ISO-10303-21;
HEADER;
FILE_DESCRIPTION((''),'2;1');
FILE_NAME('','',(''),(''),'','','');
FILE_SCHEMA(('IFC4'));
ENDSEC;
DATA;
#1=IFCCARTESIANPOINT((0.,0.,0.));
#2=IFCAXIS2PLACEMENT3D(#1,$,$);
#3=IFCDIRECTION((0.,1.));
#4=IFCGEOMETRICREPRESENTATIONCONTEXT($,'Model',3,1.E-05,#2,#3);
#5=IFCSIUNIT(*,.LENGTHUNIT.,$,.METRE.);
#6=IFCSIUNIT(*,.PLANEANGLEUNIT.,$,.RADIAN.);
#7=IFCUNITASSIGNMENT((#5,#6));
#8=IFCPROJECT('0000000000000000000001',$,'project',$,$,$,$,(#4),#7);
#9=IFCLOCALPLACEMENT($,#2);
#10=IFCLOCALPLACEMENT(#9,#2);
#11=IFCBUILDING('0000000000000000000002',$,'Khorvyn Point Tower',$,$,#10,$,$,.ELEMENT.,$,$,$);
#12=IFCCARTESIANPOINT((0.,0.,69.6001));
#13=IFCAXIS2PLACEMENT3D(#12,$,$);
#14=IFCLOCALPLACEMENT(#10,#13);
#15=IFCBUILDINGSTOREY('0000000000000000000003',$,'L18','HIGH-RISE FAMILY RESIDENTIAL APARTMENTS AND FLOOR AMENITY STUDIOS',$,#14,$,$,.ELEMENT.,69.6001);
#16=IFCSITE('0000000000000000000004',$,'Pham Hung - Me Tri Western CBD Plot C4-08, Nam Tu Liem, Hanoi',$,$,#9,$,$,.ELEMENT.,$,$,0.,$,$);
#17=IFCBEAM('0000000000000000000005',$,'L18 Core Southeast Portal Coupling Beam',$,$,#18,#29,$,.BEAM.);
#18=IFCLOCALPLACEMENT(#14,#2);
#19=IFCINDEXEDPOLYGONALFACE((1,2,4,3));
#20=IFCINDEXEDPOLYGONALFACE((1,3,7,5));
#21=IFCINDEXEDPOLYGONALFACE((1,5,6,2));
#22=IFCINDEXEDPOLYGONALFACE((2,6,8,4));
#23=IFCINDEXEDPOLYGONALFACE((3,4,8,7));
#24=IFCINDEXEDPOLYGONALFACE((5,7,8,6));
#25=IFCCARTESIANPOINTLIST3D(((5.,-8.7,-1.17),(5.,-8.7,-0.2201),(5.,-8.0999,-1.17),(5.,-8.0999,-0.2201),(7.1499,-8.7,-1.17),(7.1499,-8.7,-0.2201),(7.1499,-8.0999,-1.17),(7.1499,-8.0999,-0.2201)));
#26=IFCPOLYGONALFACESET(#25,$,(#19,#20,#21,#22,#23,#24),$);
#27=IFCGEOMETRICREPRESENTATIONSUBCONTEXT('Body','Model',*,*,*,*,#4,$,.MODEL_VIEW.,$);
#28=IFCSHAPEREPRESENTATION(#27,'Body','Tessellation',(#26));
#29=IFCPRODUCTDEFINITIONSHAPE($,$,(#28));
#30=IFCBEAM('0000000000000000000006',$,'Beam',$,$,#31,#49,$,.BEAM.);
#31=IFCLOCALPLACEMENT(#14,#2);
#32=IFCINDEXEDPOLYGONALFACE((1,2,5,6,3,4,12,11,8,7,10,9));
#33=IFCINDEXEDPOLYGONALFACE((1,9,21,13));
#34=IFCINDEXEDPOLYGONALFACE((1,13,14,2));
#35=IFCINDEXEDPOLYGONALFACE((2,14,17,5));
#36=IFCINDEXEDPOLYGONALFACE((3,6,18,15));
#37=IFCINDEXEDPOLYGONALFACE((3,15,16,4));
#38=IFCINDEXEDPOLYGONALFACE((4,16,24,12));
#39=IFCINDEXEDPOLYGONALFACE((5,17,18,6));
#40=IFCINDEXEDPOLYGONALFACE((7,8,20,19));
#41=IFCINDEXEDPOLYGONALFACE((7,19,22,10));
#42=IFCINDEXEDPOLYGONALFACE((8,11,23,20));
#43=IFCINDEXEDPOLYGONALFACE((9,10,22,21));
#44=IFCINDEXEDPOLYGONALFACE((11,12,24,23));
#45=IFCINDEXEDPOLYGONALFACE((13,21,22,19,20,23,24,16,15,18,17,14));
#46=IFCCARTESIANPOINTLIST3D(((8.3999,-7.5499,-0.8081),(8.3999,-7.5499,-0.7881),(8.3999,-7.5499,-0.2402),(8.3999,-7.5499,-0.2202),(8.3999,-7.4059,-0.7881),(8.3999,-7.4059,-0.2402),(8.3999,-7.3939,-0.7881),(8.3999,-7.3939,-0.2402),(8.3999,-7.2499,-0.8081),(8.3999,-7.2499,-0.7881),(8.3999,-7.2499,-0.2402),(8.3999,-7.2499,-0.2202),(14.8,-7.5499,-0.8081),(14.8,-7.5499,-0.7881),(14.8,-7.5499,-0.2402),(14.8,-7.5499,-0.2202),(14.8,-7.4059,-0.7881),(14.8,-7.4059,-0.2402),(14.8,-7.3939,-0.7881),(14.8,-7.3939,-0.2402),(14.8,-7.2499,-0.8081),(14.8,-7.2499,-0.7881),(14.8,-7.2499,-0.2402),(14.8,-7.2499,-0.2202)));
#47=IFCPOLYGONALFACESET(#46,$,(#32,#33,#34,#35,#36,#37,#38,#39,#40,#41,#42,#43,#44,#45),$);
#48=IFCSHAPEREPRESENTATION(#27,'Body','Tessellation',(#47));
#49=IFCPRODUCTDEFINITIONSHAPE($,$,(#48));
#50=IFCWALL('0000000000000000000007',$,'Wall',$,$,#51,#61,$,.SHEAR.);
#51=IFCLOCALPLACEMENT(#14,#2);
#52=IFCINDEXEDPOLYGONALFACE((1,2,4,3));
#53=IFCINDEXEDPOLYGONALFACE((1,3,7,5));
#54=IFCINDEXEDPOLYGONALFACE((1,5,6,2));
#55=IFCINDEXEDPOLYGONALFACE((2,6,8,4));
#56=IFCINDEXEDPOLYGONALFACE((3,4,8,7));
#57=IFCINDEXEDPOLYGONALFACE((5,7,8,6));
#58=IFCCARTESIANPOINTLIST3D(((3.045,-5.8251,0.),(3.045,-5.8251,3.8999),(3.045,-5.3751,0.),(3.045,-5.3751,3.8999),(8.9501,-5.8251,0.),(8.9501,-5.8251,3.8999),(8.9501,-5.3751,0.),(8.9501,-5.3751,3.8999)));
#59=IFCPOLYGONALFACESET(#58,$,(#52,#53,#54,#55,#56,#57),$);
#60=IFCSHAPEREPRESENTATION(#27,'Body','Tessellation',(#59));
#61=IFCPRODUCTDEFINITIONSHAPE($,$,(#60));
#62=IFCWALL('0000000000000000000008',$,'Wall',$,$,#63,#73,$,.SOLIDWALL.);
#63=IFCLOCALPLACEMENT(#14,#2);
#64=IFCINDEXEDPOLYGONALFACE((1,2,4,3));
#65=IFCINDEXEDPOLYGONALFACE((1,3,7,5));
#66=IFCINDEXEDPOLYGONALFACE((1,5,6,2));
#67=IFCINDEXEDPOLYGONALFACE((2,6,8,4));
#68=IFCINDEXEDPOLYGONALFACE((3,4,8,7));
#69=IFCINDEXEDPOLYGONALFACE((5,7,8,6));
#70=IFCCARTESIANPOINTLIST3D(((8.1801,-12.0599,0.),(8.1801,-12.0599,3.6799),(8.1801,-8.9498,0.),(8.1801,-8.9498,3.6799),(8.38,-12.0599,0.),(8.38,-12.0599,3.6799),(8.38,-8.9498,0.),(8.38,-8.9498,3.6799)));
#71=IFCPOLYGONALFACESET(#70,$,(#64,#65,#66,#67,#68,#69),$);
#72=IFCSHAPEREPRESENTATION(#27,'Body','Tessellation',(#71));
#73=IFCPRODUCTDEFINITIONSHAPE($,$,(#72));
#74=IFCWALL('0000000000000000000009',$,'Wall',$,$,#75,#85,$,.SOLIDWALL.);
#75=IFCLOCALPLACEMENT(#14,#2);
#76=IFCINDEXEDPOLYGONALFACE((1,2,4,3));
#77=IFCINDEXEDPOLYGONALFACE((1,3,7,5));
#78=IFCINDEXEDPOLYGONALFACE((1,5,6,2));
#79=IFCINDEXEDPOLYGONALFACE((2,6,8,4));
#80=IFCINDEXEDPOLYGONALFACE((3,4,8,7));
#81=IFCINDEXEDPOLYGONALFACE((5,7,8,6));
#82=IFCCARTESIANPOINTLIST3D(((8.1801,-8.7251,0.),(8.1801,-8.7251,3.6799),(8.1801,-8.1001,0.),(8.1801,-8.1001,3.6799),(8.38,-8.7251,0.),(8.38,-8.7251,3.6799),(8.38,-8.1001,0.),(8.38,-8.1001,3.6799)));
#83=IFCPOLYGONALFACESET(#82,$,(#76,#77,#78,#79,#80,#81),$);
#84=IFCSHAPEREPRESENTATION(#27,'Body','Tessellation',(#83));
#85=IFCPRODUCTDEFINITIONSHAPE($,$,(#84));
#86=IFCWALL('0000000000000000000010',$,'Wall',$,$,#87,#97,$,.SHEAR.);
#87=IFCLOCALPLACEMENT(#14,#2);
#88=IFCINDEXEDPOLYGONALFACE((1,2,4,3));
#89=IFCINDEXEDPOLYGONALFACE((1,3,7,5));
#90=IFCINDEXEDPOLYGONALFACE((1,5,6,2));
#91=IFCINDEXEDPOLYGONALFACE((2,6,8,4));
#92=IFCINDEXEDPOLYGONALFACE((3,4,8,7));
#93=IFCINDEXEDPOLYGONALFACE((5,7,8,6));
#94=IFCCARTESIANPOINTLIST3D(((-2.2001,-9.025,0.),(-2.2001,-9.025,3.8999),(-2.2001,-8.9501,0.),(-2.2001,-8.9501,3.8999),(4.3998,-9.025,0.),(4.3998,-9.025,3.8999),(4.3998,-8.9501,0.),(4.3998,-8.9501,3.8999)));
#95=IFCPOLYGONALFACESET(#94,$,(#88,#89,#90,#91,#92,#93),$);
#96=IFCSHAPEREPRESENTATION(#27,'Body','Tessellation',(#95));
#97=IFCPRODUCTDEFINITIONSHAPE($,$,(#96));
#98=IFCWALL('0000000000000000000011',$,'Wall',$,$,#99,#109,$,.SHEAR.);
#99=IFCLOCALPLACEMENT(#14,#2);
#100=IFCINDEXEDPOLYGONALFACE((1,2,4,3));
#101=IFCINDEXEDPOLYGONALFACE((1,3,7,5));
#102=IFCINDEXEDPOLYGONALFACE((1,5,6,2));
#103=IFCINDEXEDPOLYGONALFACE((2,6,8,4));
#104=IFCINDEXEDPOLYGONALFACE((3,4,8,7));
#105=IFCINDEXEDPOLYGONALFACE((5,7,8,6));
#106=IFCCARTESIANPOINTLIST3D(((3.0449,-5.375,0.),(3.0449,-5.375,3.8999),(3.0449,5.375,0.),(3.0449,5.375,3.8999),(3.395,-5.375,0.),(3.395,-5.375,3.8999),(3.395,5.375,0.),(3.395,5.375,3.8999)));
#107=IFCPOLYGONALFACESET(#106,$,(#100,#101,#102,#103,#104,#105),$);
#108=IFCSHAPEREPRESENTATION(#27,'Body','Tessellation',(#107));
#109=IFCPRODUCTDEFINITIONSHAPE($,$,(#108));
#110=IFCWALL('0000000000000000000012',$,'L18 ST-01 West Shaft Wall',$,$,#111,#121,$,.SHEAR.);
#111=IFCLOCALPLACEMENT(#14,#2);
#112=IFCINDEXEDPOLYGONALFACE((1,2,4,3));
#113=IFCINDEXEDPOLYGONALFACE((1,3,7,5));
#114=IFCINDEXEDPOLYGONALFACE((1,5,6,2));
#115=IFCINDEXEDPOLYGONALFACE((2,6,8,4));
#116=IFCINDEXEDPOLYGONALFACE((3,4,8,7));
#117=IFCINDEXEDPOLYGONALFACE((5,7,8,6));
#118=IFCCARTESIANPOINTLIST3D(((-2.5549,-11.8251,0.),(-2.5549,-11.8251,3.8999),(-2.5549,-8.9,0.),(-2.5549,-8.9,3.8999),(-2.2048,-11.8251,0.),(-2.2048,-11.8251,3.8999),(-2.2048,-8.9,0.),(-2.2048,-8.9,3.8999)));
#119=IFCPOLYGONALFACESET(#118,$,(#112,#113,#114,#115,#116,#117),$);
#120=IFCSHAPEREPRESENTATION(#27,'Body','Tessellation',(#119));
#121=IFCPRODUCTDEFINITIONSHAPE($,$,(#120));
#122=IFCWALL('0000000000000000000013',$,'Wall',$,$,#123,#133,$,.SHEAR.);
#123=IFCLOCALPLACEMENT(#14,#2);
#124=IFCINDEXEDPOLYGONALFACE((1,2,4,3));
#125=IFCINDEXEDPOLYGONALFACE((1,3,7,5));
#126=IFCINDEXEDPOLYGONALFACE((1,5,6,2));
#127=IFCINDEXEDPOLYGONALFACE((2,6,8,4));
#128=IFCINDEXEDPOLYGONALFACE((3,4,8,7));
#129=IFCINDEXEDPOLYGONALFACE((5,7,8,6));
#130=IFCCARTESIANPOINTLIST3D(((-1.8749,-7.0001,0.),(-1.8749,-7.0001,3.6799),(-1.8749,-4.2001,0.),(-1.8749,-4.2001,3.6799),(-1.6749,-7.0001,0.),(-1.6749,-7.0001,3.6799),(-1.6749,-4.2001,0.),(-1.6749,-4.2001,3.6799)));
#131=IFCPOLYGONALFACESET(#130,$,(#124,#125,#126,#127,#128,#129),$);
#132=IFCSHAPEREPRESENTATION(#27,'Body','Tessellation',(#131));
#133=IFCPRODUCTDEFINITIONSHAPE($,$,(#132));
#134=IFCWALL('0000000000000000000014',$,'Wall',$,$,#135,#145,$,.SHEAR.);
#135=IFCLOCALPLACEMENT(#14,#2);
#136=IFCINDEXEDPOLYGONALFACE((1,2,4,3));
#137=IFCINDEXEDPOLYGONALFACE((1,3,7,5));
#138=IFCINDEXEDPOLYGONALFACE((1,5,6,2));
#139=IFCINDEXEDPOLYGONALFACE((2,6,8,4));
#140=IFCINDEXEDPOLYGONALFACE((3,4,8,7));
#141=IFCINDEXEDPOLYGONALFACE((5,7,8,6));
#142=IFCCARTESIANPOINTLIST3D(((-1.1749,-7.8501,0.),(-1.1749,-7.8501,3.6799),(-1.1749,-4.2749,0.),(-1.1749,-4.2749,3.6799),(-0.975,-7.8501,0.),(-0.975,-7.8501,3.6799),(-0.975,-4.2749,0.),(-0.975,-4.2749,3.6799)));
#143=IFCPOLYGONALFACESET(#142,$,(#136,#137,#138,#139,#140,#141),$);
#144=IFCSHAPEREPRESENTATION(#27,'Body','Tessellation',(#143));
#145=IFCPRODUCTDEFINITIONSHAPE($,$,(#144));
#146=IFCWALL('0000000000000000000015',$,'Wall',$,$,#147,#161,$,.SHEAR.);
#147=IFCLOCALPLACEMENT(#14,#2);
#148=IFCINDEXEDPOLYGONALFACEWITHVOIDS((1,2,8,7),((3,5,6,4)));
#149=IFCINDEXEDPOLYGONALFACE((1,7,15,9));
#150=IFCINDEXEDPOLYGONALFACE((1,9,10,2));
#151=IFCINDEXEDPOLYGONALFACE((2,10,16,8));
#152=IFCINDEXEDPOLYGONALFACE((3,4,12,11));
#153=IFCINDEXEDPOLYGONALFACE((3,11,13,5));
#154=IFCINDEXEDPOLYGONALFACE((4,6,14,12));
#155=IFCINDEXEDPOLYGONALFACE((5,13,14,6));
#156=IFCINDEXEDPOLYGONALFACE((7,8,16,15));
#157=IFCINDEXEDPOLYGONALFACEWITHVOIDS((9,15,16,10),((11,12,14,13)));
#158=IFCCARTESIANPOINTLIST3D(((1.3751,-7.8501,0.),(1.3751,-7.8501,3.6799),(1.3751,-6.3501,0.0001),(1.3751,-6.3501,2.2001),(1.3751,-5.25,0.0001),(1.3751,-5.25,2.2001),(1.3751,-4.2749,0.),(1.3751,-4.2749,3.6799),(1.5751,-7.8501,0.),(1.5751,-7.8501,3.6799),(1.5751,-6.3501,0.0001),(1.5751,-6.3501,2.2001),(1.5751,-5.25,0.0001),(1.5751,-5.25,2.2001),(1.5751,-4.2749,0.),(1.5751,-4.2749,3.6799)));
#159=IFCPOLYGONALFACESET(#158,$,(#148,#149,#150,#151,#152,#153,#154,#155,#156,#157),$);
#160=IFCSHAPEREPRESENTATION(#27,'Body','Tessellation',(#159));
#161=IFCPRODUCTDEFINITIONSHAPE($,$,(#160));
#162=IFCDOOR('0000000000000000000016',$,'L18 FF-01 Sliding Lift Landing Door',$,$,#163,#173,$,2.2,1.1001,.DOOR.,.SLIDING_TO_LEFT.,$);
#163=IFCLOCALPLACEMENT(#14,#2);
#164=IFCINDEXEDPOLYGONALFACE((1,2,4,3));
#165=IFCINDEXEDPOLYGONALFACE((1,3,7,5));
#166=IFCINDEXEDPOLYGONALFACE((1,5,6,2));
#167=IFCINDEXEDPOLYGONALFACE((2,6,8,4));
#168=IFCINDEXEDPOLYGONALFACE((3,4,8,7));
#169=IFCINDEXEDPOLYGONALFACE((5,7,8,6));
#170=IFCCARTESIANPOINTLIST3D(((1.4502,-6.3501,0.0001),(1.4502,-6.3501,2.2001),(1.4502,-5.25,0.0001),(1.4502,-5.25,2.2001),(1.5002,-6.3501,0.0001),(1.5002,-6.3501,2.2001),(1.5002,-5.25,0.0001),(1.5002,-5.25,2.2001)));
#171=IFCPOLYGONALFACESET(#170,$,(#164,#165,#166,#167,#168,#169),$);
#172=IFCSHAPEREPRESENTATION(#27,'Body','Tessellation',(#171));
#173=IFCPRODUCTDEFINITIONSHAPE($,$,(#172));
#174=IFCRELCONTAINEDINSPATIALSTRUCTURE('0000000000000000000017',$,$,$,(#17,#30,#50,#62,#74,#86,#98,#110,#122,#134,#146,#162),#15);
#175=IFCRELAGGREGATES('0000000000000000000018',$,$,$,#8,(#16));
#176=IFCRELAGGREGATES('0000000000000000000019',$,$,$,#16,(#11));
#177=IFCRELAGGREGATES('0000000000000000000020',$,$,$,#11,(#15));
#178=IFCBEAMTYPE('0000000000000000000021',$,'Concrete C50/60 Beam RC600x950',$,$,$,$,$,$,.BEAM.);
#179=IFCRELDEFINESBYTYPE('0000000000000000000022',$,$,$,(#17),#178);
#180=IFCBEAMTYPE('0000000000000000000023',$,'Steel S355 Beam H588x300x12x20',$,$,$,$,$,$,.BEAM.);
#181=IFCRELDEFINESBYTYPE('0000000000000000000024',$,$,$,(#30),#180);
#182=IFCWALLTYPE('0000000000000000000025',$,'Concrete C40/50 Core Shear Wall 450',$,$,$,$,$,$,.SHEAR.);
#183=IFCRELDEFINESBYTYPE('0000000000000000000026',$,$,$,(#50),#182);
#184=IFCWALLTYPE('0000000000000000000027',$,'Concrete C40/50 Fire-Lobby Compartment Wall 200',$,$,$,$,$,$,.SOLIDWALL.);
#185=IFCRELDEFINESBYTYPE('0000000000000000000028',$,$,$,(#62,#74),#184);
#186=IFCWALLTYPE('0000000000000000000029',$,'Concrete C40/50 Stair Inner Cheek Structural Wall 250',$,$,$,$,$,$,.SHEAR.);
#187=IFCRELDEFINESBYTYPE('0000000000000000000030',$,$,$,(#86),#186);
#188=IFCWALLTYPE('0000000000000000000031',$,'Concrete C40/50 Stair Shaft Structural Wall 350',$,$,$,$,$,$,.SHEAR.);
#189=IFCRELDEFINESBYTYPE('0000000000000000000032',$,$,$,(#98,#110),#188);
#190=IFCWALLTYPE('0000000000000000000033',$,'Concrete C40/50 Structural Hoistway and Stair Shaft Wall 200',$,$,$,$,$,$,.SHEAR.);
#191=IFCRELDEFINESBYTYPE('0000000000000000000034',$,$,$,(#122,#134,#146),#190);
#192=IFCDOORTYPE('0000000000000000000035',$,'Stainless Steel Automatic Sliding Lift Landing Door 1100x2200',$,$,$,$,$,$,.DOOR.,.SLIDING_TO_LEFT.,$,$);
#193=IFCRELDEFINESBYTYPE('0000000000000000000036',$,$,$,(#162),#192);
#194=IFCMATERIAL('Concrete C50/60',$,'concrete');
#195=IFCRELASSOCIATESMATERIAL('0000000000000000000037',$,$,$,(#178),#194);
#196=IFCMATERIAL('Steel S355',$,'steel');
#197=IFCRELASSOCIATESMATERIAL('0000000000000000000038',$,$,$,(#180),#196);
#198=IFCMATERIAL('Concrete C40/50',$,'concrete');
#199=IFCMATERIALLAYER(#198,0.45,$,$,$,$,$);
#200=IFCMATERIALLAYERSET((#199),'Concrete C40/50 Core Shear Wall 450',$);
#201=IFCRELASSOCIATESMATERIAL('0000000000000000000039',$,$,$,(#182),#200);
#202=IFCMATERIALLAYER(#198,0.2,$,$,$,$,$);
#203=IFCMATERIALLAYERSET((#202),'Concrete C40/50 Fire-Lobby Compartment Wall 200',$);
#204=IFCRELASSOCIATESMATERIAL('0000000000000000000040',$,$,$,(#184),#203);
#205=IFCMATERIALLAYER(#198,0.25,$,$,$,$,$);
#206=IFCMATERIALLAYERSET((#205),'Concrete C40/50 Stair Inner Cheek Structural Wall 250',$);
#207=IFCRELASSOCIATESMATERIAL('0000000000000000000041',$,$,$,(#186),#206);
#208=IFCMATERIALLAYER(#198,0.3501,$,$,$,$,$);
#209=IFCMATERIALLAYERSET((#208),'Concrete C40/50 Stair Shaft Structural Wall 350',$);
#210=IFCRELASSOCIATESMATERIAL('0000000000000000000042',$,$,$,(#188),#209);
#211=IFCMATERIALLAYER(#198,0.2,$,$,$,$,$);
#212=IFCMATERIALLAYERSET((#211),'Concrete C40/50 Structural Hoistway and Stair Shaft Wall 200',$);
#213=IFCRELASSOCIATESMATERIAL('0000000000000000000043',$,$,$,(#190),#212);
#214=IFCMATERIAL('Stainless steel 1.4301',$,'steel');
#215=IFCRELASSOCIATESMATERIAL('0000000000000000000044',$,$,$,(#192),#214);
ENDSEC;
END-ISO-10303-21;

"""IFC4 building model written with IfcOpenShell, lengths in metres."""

from ifc_helpers import new_model, si_unit, direction, frame, frame_2d, origin, origin_2d, place, context, subcontext, project, spatial, rectangle, i_section, extrude, material, layer, layer_set, material_profile, profile_set, type_object, element, fill, save


model = new_model("IFC4")

# Units and contexts
model_context = context("Model", 3, precision=1e-05, world=origin(), true_north=direction((0.0, 1.0)))
body_context = subcontext(model_context, "Body", "Model", "MODEL_VIEW")
ifc_project = project(units=[si_unit("LENGTHUNIT", "METRE"), si_unit("PLANEANGLEUNIT", "RADIAN")], contexts=[model_context])

# Site, building, storey
site_placement = place(None, origin())
site = spatial("IfcSite", under=ifc_project, at=site_placement, Name="Pham Hung - Me Tri Western CBD Plot C4-08, Nam Tu Liem, Hanoi", CompositionType="ELEMENT", RefElevation=0.0)
building_placement = place(site_placement, origin())
building = spatial("IfcBuilding", under=site, at=building_placement, Name="Khorvyn Point Tower", CompositionType="ELEMENT")
storey_placement = place(building_placement, frame((0.0, 0.0, 69.6001)))
storey = spatial("IfcBuildingStorey", under=building, at=storey_placement, Name="L18", Description="HIGH-RISE FAMILY RESIDENTIAL APARTMENTS AND FLOOR AMENITY STUDIOS", CompositionType="ELEMENT", Elevation=69.6001)

# Beams
ifc_material_1 = material(Name="Concrete C50/60", Category="concrete")
ifc_material_profile_1 = material_profile(ifc_material_1, rectangle(XDim=0.6001, YDim=0.95, at=origin_2d()))
ifc_profile_set_1 = profile_set([ifc_material_profile_1], Name="Concrete C50/60 RC600x950")
beam_type_1 = type_object("IfcBeamType", Name="Concrete C50/60 Beam RC600x950", PredefinedType="BEAM", material=ifc_profile_set_1)
beam_1_placement = place(storey_placement, frame((5.0, -8.3999, -0.6951), z_axis=(1.0, 0.0, 0.0), x_axis=(0.0, 1.0, 0.0)))
element("IfcBeam", 1, at=beam_1_placement, inside=storey, type_object=beam_type_1, Name="L18 Core Southeast Portal Coupling Beam", PredefinedType="BEAM", context=body_context, shape_type="SweptSolid", body=[
    extrude(rectangle(XDim=0.6001, YDim=0.95, at=origin_2d()), origin(), (0.0, 0.0, 1.0), 2.1499),
])
ifc_material_2 = material(Name="Steel S355", Category="steel")
ifc_material_profile_2 = material_profile(ifc_material_2, i_section(OverallWidth=0.3, OverallDepth=0.5879, WebThickness=0.012, FlangeThickness=0.02, at=origin_2d()))
ifc_profile_set_2 = profile_set([ifc_material_profile_2], Name="Steel S355 H588x300x12x20")
beam_type_2 = type_object("IfcBeamType", Name="Steel S355 Beam H588x300x12x20", PredefinedType="BEAM", material=ifc_profile_set_2)
beam_2_placement = place(storey_placement, frame((8.3999, -7.3999, -0.5142), z_axis=(1.0, 0.0, 0.0), x_axis=(0.0, 1.0, 0.0)))
element("IfcBeam", 2, at=beam_2_placement, inside=storey, type_object=beam_type_2, Name="Beam", PredefinedType="BEAM", context=body_context, shape_type="SweptSolid", body=[
    extrude(i_section(OverallWidth=0.3, OverallDepth=0.5879, WebThickness=0.012, FlangeThickness=0.02, at=origin_2d()), origin(), (0.0, 0.0, 1.0), 6.4001),
])

# Wall
ifc_material_3 = material(Name="Concrete C40/50", Category="concrete")
ifc_layer_1 = layer(ifc_material_3, 0.45)
ifc_layer_set_1 = layer_set([ifc_layer_1], Name="Concrete C40/50 Core Shear Wall 450")
wall_type_1 = type_object("IfcWallType", Name="Concrete C40/50 Core Shear Wall 450", PredefinedType="SHEAR", material=ifc_layer_set_1)
wall_1_placement = place(storey_placement, frame((3.0449, -5.6001, 0.0), z_axis=(0.0, 0.0, 1.0), x_axis=(1.0, 0.0, 0.0)))
element("IfcWall", 3, at=wall_1_placement, inside=storey, type_object=wall_type_1, Name="Wall", PredefinedType="SHEAR", context=body_context, shape_type="SweptSolid", body=[
    extrude(rectangle(XDim=5.905, YDim=0.45, at=frame_2d((2.9526, 0.0))), origin(), (0.0, 0.0, 1.0), 3.8999),
])

# Shared definitions
ifc_layer_2 = layer(ifc_material_3, 0.2)
ifc_layer_set_2 = layer_set([ifc_layer_2], Name="Concrete C40/50 Fire-Lobby Compartment Wall 200")
wall_type_2 = type_object("IfcWallType", Name="Concrete C40/50 Fire-Lobby Compartment Wall 200", PredefinedType="SOLIDWALL", material=ifc_layer_set_2)

# Walls
wall_2_placement = place(storey_placement, frame((8.28, -12.0601, 0.0), z_axis=(0.0, 0.0, 1.0), x_axis=(0.0, 1.0, 0.0)))
element("IfcWall", 4, at=wall_2_placement, inside=storey, type_object=wall_type_2, Name="Wall", PredefinedType="SOLIDWALL", context=body_context, shape_type="SweptSolid", body=[
    extrude(rectangle(XDim=3.1101, YDim=0.2, at=frame_2d((1.5552, 0.0))), origin(), (0.0, 0.0, 1.0), 3.6799),
])
wall_3_placement = place(storey_placement, frame((8.28, -8.7251, 0.0), z_axis=(0.0, 0.0, 1.0), x_axis=(0.0, 1.0, 0.0)))
element("IfcWall", 5, at=wall_3_placement, inside=storey, type_object=wall_type_2, Name="Wall", PredefinedType="SOLIDWALL", context=body_context, shape_type="SweptSolid", body=[
    extrude(rectangle(XDim=0.625, YDim=0.2, at=frame_2d((0.3125, 0.0))), origin(), (0.0, 0.0, 1.0), 3.6799),
])
ifc_layer_3 = layer(ifc_material_3, 0.25)
ifc_layer_set_3 = layer_set([ifc_layer_3], Name="Concrete C40/50 Stair Inner Cheek Structural Wall 250")
wall_type_3 = type_object("IfcWallType", Name="Concrete C40/50 Stair Inner Cheek Structural Wall 250", PredefinedType="SHEAR", material=ifc_layer_set_3)
wall_4_placement = place(storey_placement, frame((-2.2, -8.9875, 0.0), z_axis=(0.0, 0.0, 1.0), x_axis=(1.0, 0.0, 0.0)))
element("IfcWall", 6, at=wall_4_placement, inside=storey, type_object=wall_type_3, Name="Wall", PredefinedType="SHEAR", context=body_context, shape_type="SweptSolid", body=[
    extrude(rectangle(XDim=6.5999, YDim=0.075, at=frame_2d((3.2998, 0.0))), origin(), (0.0, 0.0, 1.0), 3.8999),
])
ifc_layer_4 = layer(ifc_material_3, 0.3501)
ifc_layer_set_4 = layer_set([ifc_layer_4], Name="Concrete C40/50 Stair Shaft Structural Wall 350")
wall_type_4 = type_object("IfcWallType", Name="Concrete C40/50 Stair Shaft Structural Wall 350", PredefinedType="SHEAR", material=ifc_layer_set_4)
wall_5_placement = place(storey_placement, frame((3.22, -5.375, 0.0), z_axis=(0.0, 0.0, 1.0), x_axis=(0.0, 1.0, 0.0)))
element("IfcWall", 7, at=wall_5_placement, inside=storey, type_object=wall_type_4, Name="Wall", PredefinedType="SHEAR", context=body_context, shape_type="SweptSolid", body=[
    extrude(rectangle(XDim=10.75, YDim=0.3501, at=frame_2d((5.375, 0.0))), origin(), (0.0, 0.0, 1.0), 3.8999),
])
wall_6_placement = place(storey_placement, frame((-2.3799, -11.825, 0.0), z_axis=(0.0, 0.0, 1.0), x_axis=(0.0, 1.0, 0.0)))
element("IfcWall", 8, at=wall_6_placement, inside=storey, type_object=wall_type_4, Name="L18 ST-01 West Shaft Wall", PredefinedType="SHEAR", context=body_context, shape_type="SweptSolid", body=[
    extrude(rectangle(XDim=2.925, YDim=0.3501, at=frame_2d((1.4624, 0.0))), origin(), (0.0, 0.0, 1.0), 3.8999),
])

# Walls
ifc_layer_5 = layer(ifc_material_3, 0.2)
ifc_layer_set_5 = layer_set([ifc_layer_5], Name="Concrete C40/50 Structural Hoistway and Stair Shaft Wall 200")
wall_type_5 = type_object("IfcWallType", Name="Concrete C40/50 Structural Hoistway and Stair Shaft Wall 200", PredefinedType="SHEAR", material=ifc_layer_set_5)
wall_7_placement = place(storey_placement, frame((-1.7749, -7.0, 0.0), z_axis=(0.0, 0.0, 1.0), x_axis=(0.0, 1.0, 0.0)))
element("IfcWall", 9, at=wall_7_placement, inside=storey, type_object=wall_type_5, Name="Wall", PredefinedType="SHEAR", context=body_context, shape_type="SweptSolid", body=[
    extrude(rectangle(XDim=2.8, YDim=0.2, at=frame_2d((1.3999, 0.0))), origin(), (0.0, 0.0, 1.0), 3.6799),
])
wall_8_placement = place(storey_placement, frame((-1.075, -7.8501, 0.0), z_axis=(0.0, 0.0, 1.0), x_axis=(0.0, 1.0, 0.0)))
element("IfcWall", 10, at=wall_8_placement, inside=storey, type_object=wall_type_5, Name="Wall", PredefinedType="SHEAR", context=body_context, shape_type="SweptSolid", body=[
    extrude(rectangle(XDim=3.5752, YDim=0.2, at=frame_2d((1.7876, 0.0))), origin(), (0.0, 0.0, 1.0), 3.6799),
])

# Wall, opening, door
wall_9_placement = place(storey_placement, frame((1.4751, -7.8501, 0.0), z_axis=(0.0, 0.0, 1.0), x_axis=(0.0, 1.0, 0.0)))
wall_9 = element("IfcWall", 11, at=wall_9_placement, inside=storey, type_object=wall_type_5, Name="Wall", PredefinedType="SHEAR", context=body_context, shape_type="SweptSolid", body=[
    extrude(rectangle(XDim=3.5752, YDim=0.2, at=frame_2d((1.7876, 0.0))), origin(), (0.0, 0.0, 1.0), 3.6799),
])
opening_1_placement = place(wall_9_placement, frame((1.5, 0.0, 0.0)))
opening_1 = element("IfcOpeningElement", 12, at=opening_1_placement, cuts=wall_9, PredefinedType="OPENING", context=body_context, shape_type="SweptSolid", body=[
    extrude(rectangle(XDim=1.1001, YDim=2.2, at=frame_2d((0.55, 1.1001))), frame((0.0, 0.1099, 0.0), z_axis=(0.0, -1.0, 0.0), x_axis=(1.0, 0.0, 0.0)), (0.0, 0.0, 1.0), 0.22),
])
ifc_material_4 = material(Name="Stainless steel 1.4301", Category="steel")
door_type_1 = type_object("IfcDoorType", Name="Stainless Steel Automatic Sliding Lift Landing Door 1100x2200", OperationType="SLIDING_TO_LEFT", PredefinedType="DOOR", material=ifc_material_4)
door_1_placement = place(opening_1_placement, origin())
door_1 = element("IfcDoor", 13, at=door_1_placement, inside=storey, type_object=door_type_1, Name="L18 FF-01 Sliding Lift Landing Door", OperationType="SLIDING_TO_LEFT", OverallHeight=2.2, OverallWidth=1.1001, PredefinedType="DOOR", context=body_context, shape_type="SweptSolid", body=[
    extrude(rectangle(XDim=1.1001, YDim=2.2, at=frame_2d((0.55, 1.1001))), frame((0.0, 0.0249, 0.0), z_axis=(0.0, -1.0, 0.0), x_axis=(1.0, 0.0, 0.0)), (0.0, 0.0, 1.0), 0.05),
])
fill(opening_1, door_1)

save(model, "model.ifc")
